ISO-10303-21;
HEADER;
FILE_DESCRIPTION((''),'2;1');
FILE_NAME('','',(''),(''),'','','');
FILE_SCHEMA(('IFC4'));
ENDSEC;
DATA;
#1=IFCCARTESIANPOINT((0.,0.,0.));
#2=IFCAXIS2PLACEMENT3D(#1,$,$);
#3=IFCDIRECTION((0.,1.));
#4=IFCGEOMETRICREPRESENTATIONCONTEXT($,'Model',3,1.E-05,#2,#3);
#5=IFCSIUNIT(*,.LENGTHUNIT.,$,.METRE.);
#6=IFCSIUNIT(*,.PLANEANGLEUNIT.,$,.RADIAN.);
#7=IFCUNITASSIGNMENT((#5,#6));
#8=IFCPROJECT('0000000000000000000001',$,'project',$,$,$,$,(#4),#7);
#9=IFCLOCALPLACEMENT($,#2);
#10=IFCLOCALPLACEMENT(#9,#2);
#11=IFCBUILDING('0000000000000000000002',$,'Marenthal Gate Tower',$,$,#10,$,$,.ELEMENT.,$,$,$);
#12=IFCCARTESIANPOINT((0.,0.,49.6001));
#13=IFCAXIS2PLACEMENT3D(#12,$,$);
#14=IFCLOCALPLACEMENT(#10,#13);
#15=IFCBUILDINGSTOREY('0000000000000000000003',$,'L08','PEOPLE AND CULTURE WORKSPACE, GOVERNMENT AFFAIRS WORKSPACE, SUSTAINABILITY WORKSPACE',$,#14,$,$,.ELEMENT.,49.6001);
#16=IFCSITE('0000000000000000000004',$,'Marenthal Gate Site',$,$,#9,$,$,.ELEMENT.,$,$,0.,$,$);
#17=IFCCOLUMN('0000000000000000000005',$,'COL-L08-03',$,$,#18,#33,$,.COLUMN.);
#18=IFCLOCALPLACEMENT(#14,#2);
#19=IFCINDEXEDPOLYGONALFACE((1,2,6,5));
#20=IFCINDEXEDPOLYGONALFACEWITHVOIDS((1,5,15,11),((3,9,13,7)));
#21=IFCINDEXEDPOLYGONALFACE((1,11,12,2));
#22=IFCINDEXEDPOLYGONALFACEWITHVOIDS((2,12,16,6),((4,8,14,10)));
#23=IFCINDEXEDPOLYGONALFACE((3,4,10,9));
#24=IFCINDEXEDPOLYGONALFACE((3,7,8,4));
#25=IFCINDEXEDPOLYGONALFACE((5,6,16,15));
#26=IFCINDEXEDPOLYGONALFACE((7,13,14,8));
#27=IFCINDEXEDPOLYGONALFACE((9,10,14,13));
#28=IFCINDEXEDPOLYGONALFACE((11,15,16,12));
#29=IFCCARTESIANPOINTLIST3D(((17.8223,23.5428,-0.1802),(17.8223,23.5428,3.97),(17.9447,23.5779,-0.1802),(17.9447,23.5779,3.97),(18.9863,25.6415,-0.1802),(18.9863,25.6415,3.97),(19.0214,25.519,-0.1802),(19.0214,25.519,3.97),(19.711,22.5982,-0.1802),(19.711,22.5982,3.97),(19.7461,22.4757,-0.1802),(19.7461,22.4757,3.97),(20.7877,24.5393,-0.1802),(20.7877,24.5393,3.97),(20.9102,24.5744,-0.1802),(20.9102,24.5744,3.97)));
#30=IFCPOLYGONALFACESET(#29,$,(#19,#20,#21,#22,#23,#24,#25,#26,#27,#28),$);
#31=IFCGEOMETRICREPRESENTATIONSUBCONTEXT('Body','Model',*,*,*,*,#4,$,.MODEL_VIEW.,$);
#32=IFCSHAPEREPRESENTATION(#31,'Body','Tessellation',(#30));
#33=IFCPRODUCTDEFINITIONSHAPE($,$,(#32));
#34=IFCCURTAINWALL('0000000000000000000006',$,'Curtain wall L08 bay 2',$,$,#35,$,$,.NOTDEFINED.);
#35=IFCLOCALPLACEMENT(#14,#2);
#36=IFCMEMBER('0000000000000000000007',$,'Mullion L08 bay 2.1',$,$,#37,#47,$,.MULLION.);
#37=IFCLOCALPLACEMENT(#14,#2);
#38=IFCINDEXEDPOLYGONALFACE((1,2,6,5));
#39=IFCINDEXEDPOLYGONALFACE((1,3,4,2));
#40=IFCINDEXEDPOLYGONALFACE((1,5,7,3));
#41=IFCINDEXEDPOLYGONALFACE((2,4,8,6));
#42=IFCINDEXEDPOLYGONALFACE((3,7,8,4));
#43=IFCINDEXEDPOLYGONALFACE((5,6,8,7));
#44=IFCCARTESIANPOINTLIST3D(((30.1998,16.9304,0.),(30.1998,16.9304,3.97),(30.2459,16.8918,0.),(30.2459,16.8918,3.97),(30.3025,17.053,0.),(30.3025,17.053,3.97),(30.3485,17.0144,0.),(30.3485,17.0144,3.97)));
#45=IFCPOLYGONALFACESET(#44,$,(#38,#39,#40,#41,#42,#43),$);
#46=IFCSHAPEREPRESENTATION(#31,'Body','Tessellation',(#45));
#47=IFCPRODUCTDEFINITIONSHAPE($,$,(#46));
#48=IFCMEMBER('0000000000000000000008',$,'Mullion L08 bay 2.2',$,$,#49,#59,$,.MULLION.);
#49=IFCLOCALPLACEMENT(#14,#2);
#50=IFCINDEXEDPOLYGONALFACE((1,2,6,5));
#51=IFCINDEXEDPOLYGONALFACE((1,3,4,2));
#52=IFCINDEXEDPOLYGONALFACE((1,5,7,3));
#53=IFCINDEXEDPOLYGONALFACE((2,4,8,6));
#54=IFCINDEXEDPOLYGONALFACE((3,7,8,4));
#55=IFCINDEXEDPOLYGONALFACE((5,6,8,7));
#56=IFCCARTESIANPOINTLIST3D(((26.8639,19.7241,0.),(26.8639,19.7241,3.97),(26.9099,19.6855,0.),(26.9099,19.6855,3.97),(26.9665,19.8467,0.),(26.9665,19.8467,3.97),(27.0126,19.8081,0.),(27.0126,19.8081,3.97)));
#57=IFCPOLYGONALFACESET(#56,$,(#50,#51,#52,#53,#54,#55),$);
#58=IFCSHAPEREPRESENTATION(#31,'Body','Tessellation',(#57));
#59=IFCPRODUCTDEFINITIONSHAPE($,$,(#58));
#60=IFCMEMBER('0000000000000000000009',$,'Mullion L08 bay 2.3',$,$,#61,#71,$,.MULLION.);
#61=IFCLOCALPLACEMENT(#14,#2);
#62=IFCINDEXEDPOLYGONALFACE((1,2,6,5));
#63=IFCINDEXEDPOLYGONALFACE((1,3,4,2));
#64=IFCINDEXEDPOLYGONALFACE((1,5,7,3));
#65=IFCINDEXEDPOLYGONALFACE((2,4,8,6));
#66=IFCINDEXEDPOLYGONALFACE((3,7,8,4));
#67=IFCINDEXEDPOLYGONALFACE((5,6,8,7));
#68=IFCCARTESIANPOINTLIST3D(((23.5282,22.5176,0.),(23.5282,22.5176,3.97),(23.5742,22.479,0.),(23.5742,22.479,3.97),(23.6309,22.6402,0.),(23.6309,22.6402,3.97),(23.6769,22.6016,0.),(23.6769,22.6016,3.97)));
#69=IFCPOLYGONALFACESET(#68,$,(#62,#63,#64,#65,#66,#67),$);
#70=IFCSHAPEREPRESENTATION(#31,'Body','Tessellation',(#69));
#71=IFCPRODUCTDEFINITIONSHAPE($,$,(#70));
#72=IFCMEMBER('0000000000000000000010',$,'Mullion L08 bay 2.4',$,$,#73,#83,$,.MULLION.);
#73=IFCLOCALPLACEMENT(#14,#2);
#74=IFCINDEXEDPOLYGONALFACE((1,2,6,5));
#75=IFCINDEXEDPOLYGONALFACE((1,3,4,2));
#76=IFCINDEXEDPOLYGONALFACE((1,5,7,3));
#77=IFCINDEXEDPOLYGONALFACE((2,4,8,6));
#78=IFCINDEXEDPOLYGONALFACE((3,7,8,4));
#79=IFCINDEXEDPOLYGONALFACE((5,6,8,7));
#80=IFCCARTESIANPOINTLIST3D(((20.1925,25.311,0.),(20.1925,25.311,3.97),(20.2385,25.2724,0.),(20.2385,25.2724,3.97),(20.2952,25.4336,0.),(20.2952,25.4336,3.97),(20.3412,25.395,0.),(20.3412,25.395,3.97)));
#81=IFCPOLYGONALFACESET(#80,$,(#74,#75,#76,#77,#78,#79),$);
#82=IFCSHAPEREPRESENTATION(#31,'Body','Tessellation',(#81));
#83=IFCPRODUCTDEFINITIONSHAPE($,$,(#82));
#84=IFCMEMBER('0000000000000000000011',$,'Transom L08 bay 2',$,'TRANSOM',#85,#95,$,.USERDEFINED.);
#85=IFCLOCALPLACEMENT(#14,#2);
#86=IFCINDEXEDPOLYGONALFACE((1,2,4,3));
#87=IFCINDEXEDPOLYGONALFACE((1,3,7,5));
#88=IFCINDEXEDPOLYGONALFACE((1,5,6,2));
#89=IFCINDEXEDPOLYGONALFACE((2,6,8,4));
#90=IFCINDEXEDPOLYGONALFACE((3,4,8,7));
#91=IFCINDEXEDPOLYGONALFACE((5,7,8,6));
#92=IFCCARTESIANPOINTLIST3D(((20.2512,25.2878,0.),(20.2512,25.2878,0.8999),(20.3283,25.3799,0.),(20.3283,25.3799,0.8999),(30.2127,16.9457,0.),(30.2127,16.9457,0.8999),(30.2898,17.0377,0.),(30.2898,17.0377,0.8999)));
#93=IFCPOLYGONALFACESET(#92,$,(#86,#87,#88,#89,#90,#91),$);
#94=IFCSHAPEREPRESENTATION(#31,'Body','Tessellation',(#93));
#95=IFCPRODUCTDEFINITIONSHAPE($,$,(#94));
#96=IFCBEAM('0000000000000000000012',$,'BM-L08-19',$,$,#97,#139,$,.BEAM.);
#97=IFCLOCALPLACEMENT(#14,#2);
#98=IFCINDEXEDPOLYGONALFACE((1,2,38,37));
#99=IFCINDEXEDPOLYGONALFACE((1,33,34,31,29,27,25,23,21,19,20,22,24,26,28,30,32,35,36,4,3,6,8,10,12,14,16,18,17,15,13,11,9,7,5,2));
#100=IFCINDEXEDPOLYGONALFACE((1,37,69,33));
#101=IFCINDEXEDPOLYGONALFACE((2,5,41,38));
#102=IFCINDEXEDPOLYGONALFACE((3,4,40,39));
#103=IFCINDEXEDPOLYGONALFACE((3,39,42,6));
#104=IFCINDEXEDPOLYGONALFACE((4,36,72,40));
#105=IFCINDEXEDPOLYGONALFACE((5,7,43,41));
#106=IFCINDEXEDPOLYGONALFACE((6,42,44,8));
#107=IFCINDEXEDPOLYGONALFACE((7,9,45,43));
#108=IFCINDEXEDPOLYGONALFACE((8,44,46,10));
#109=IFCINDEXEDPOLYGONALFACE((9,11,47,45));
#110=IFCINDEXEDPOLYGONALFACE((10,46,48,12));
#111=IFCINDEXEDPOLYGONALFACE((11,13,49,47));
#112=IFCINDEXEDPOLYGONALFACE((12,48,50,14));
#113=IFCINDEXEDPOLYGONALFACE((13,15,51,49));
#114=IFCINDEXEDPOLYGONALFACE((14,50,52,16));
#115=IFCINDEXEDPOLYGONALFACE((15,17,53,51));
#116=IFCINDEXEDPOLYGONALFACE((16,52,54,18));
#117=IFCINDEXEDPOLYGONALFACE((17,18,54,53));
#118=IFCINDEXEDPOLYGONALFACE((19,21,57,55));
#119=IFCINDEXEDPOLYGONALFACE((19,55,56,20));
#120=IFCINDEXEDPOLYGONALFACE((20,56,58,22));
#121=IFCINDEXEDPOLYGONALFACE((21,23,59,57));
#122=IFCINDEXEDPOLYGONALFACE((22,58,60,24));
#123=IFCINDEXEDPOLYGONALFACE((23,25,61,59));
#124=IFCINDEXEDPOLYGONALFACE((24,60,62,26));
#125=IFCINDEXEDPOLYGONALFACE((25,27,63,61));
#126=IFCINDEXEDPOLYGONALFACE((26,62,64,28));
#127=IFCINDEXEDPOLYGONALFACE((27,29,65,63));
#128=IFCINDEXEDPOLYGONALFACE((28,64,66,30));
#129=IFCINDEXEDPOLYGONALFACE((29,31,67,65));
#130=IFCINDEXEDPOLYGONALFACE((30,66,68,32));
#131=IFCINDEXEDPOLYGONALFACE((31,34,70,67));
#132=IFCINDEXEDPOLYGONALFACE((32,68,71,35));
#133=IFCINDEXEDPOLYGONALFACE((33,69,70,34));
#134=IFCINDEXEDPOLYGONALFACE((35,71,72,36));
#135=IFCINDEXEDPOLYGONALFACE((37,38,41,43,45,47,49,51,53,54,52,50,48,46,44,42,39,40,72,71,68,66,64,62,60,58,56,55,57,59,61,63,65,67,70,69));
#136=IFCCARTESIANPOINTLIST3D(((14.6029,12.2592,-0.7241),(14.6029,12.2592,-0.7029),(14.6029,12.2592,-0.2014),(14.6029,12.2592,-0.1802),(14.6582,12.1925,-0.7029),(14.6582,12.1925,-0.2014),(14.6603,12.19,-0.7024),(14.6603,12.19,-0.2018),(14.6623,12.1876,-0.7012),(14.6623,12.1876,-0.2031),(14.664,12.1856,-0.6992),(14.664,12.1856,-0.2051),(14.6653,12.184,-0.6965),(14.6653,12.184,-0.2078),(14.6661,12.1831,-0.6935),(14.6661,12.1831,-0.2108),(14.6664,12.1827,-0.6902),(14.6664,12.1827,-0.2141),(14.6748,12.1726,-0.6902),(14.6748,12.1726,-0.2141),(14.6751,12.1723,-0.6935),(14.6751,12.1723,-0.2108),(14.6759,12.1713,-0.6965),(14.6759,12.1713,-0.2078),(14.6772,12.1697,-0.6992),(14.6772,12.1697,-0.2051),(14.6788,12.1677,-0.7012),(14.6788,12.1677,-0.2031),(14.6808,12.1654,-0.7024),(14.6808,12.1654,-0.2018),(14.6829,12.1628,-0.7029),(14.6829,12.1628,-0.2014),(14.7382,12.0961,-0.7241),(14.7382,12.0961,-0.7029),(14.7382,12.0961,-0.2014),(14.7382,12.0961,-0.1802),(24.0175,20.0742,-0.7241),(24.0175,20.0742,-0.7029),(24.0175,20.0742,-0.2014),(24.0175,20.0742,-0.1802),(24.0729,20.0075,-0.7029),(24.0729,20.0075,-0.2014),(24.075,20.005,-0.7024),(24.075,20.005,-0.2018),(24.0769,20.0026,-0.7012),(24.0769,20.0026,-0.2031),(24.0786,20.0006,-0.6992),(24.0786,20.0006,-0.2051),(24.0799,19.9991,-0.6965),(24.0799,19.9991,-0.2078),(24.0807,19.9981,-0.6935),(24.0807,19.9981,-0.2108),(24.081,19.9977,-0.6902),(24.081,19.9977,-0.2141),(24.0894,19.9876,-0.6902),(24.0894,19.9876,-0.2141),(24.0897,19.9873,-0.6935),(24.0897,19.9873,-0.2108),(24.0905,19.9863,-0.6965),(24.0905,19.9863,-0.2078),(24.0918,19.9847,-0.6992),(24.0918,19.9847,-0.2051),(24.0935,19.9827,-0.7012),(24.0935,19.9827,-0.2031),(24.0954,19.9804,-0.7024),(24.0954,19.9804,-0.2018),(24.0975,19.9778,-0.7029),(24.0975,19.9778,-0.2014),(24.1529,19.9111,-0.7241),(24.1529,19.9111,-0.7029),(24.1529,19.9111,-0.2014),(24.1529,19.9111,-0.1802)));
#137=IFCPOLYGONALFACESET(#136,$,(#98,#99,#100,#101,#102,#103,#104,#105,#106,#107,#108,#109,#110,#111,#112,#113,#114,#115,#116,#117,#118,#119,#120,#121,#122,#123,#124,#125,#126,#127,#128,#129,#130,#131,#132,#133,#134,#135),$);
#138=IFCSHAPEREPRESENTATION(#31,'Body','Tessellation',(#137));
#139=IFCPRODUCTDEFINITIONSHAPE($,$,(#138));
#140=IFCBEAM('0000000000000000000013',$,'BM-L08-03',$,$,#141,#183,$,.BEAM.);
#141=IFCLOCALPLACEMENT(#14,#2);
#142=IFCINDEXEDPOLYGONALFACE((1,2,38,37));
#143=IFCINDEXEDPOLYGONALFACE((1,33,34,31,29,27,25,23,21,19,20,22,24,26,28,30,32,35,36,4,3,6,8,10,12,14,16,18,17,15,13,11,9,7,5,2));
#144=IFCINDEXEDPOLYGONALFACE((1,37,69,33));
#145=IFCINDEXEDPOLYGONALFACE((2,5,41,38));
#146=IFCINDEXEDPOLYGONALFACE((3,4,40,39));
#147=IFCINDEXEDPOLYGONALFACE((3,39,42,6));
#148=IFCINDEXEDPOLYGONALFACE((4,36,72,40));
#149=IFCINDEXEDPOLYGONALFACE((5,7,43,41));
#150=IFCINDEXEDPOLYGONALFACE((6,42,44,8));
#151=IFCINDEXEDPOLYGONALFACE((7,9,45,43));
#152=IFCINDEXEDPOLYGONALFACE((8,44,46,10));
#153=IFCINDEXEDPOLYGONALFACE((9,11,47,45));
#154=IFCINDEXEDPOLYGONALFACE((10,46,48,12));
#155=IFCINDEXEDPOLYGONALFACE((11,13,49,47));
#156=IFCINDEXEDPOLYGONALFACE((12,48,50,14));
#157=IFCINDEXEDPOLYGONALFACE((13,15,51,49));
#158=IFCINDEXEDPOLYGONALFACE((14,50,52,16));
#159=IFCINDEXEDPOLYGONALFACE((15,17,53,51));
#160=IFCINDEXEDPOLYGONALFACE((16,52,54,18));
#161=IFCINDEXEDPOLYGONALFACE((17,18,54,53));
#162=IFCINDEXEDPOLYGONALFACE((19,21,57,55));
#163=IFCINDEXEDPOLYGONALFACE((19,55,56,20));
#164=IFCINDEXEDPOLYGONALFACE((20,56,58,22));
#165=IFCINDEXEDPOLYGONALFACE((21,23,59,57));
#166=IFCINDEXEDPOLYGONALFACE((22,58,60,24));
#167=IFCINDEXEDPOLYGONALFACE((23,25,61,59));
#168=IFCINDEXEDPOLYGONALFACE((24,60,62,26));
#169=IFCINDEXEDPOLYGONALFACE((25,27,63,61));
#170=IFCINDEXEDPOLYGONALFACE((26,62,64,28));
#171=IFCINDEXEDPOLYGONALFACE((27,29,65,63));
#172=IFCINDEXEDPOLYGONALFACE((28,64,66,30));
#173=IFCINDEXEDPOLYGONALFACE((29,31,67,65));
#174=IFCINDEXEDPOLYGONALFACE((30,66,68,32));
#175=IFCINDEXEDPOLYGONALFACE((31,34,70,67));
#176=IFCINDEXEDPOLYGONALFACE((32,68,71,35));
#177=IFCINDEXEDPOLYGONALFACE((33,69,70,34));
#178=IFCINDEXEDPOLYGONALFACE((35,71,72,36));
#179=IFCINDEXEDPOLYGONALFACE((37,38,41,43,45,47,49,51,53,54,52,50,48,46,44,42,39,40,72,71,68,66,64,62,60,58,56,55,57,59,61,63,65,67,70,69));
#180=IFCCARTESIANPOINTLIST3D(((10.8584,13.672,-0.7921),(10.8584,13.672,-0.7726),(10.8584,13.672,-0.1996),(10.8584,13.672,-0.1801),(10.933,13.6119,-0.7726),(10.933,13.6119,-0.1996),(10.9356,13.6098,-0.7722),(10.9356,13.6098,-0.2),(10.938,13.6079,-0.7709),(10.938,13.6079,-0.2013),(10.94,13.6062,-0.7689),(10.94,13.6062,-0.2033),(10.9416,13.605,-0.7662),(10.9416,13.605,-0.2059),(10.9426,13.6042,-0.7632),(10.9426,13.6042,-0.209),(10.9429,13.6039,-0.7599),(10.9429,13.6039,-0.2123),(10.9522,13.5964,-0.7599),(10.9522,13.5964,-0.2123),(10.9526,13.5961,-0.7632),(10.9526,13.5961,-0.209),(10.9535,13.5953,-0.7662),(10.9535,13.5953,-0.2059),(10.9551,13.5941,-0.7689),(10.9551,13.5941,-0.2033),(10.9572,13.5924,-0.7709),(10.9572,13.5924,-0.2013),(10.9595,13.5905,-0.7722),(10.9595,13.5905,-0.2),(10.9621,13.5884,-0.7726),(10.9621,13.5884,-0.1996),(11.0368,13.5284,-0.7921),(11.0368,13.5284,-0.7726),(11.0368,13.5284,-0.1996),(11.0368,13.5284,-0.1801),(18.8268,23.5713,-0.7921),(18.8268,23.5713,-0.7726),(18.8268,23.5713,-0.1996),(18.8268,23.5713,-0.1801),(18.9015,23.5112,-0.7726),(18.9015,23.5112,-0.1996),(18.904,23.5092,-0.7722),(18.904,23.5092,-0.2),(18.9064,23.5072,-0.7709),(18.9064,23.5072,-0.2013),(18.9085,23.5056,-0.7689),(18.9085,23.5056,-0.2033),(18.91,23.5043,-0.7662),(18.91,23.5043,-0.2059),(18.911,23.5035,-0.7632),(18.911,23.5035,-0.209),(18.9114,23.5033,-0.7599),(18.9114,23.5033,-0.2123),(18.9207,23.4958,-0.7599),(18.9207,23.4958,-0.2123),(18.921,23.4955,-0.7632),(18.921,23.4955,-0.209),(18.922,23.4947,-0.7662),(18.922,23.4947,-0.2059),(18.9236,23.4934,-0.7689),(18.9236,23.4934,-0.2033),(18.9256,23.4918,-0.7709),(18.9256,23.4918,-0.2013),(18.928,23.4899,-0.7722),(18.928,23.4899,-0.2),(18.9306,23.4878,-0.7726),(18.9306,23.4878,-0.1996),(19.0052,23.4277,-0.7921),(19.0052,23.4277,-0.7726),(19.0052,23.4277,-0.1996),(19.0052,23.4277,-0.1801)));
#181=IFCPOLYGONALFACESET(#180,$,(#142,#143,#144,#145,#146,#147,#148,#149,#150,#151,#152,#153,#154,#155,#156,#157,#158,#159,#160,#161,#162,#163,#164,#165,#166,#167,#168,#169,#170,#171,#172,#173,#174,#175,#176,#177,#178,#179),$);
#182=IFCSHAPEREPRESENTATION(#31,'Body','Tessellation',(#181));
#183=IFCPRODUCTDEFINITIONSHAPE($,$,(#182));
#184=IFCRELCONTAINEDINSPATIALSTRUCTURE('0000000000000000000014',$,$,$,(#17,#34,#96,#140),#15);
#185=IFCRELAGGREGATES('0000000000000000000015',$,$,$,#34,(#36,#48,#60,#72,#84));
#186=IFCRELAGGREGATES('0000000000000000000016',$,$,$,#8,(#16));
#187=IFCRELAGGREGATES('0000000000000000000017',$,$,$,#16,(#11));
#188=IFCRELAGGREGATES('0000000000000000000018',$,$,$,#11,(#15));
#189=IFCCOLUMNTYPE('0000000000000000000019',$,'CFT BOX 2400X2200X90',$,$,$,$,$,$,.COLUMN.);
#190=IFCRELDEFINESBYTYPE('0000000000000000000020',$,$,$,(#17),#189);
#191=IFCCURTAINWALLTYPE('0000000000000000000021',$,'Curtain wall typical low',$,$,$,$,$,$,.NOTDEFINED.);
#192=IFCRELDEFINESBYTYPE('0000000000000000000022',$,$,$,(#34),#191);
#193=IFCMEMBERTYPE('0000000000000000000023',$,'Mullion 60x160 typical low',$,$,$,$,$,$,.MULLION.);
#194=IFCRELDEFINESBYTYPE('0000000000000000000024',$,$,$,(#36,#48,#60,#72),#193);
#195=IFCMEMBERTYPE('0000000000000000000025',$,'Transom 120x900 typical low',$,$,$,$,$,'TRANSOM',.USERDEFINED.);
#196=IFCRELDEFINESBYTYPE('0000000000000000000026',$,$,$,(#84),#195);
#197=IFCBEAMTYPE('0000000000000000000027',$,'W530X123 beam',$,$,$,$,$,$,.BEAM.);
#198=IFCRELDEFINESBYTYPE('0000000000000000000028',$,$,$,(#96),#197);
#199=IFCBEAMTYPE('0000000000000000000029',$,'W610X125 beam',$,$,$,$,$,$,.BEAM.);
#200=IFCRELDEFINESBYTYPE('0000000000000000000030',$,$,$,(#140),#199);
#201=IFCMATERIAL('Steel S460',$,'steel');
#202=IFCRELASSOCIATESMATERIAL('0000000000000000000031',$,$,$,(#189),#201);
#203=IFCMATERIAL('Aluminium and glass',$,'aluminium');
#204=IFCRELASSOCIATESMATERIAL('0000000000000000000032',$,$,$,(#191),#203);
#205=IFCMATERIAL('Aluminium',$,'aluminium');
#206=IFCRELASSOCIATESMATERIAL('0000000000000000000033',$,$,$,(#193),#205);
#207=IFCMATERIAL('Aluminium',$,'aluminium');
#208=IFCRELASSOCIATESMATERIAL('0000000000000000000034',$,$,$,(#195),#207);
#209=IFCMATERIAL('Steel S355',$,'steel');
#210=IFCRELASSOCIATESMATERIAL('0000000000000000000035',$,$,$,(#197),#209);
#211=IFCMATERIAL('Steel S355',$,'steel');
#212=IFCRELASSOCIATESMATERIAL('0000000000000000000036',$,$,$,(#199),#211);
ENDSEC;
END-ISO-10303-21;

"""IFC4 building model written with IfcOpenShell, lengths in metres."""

from ifc_helpers import new_model, si_unit, direction, frame, origin, origin_2d, place, context, subcontext, project, spatial, rectangle, hollow_rectangle, i_section, extrude, material, material_profile, profile_set, type_object, element, aggregate, save


model = new_model("IFC4")

# Units and contexts
model_context = context("Model", 3, precision=1e-05, world=origin(), true_north=direction((0.0, 1.0)))
body_context = subcontext(model_context, "Body", "Model", "MODEL_VIEW")
ifc_project = project(units=[si_unit("LENGTHUNIT", "METRE"), si_unit("PLANEANGLEUNIT", "RADIAN")], contexts=[model_context])

# Site, building, storey
site_placement = place(None, origin())
site = spatial("IfcSite", under=ifc_project, at=site_placement, Name="Marenthal Gate Site", CompositionType="ELEMENT", RefElevation=0.0)
building_placement = place(site_placement, origin())
building = spatial("IfcBuilding", under=site, at=building_placement, Name="Marenthal Gate Tower", CompositionType="ELEMENT")
storey_placement = place(building_placement, frame((0.0, 0.0, 49.6001)))
storey = spatial("IfcBuildingStorey", under=building, at=storey_placement, Name="L08", Description="PEOPLE AND CULTURE WORKSPACE, GOVERNMENT AFFAIRS WORKSPACE, SUSTAINABILITY WORKSPACE", CompositionType="ELEMENT", Elevation=49.6001)

# Column
ifc_material_1 = material(Name="Steel S460", Category="steel")
ifc_material_profile_1 = material_profile(ifc_material_1, hollow_rectangle(XDim=2.2, YDim=2.3999, WallThickness=0.0901, at=origin_2d()), Name="CFT BOX 2400X2200X90")
ifc_material_2 = material(Name="Concrete 70 MPa", Category="concrete")
ifc_material_profile_2 = material_profile(ifc_material_2, rectangle(XDim=2.02, YDim=2.22, at=origin_2d()), Name="CFT BOX 2400X2200X90 INFILL")
ifc_profile_set_1 = profile_set([ifc_material_profile_1, ifc_material_profile_2], Name="Steel S460 shell, Concrete 70 MPa infill")
column_type = type_object("IfcColumnType", Name="CFT BOX 2400X2200X90", PredefinedType="COLUMN", material=ifc_profile_set_1)
column_placement = place(storey_placement, frame((19.3662, 24.0586, -0.1802), z_axis=(0.0, 0.0, 1.0), x_axis=(0.874496, -0.485032, 0.0)))
element("IfcColumn", 1, at=column_placement, inside=storey, type_object=column_type, Name="COL-L08-03", PredefinedType="COLUMN", context=body_context, shape_type="SweptSolid", body=[
    extrude(hollow_rectangle(XDim=2.2, YDim=2.3999, WallThickness=0.0901, at=origin_2d()), origin(), (0.0, 0.0, 1.0), 4.1501),
])

# Curtain wall, members
ifc_material_3 = material(Name="Aluminium and glass", Category="aluminium")
curtain_wall_type = type_object("IfcCurtainWallType", Name="Curtain wall typical low", PredefinedType="NOTDEFINED", material=ifc_material_3)
curtain_wall_placement = place(storey_placement, origin())
curtain_wall = element("IfcCurtainWall", 2, at=curtain_wall_placement, inside=storey, type_object=curtain_wall_type, Name="Curtain wall L08 bay 2", PredefinedType="NOTDEFINED")
ifc_material_4 = material(Name="Aluminium", Category="aluminium")
ifc_material_profile_3 = material_profile(ifc_material_4, rectangle(XDim=0.1599, YDim=0.0601, at=origin_2d()), Name="60x160 aluminium mullion")
ifc_profile_set_2 = profile_set([ifc_material_profile_3], Name="Aluminium")
member_type_1 = type_object("IfcMemberType", Name="Mullion 60x160 typical low", PredefinedType="MULLION", material=ifc_profile_set_2)
member_1_placement = place(storey_placement, frame((30.2742, 16.9724, 0.0), z_axis=(0.0, 0.0, 1.0), x_axis=(-0.642047, -0.766665, 0.0)))
member_1 = element("IfcMember", 3, at=member_1_placement, type_object=member_type_1, Name="Mullion L08 bay 2.1", PredefinedType="MULLION", context=body_context, shape_type="SweptSolid", body=[
    extrude(rectangle(XDim=0.1599, YDim=0.0601, at=origin_2d()), origin(), (0.0, 0.0, 1.0), 3.97),
])
member_2_placement = place(storey_placement, frame((26.9382, 19.7661, 0.0), z_axis=(0.0, 0.0, 1.0), x_axis=(-0.642047, -0.766665, 0.0)))
member_2 = element("IfcMember", 4, at=member_2_placement, type_object=member_type_1, Name="Mullion L08 bay 2.2", PredefinedType="MULLION", context=body_context, shape_type="SweptSolid", body=[
    extrude(rectangle(XDim=0.1599, YDim=0.0601, at=origin_2d()), origin(), (0.0, 0.0, 1.0), 3.97),
])
member_3_placement = place(storey_placement, frame((23.6025, 22.5596, 0.0), z_axis=(0.0, 0.0, 1.0), x_axis=(-0.642047, -0.766665, 0.0)))
member_3 = element("IfcMember", 5, at=member_3_placement, type_object=member_type_1, Name="Mullion L08 bay 2.3", PredefinedType="MULLION", context=body_context, shape_type="SweptSolid", body=[
    extrude(rectangle(XDim=0.1599, YDim=0.0601, at=origin_2d()), origin(), (0.0, 0.0, 1.0), 3.97),
])
member_4_placement = place(storey_placement, frame((20.2668, 25.353, 0.0), z_axis=(0.0, 0.0, 1.0), x_axis=(-0.642047, -0.766665, 0.0)))
member_4 = element("IfcMember", 6, at=member_4_placement, type_object=member_type_1, Name="Mullion L08 bay 2.4", PredefinedType="MULLION", context=body_context, shape_type="SweptSolid", body=[
    extrude(rectangle(XDim=0.1599, YDim=0.0601, at=origin_2d()), origin(), (0.0, 0.0, 1.0), 3.97),
])
ifc_material_5 = material(Name="Aluminium", Category="aluminium")
ifc_material_profile_4 = material_profile(ifc_material_5, rectangle(XDim=0.1201, YDim=0.8999, at=origin_2d()), Name="120x900 aluminium transom")
ifc_profile_set_3 = profile_set([ifc_material_profile_4], Name="Aluminium")
member_type_2 = type_object("IfcMemberType", Name="Transom 120x900 typical low", ElementType="TRANSOM", PredefinedType="USERDEFINED", material=ifc_profile_set_3)
member_5_placement = place(storey_placement, frame((30.2512, 16.9917, 0.45), z_axis=(-0.766673, 0.642038, 0.0), x_axis=(-0.642038, -0.766673, 0.0)))
member_5 = element("IfcMember", 7, at=member_5_placement, type_object=member_type_2, Name="Transom L08 bay 2", ObjectType="TRANSOM", PredefinedType="USERDEFINED", context=body_context, shape_type="SweptSolid", body=[
    extrude(rectangle(XDim=0.1201, YDim=0.8999, at=origin_2d()), origin(), (0.0, 0.0, 1.0), 12.9932),
])

# Beams
ifc_material_6 = material(Name="Steel S355", Category="steel")
ifc_material_profile_5 = material_profile(ifc_material_6, i_section(OverallWidth=0.2119, OverallDepth=0.5439, WebThickness=0.0132, FlangeThickness=0.0212, FilletRadius=0.0127, at=origin_2d()), Name="W530X123")
ifc_profile_set_4 = profile_set([ifc_material_profile_5], Name="Steel S355")
beam_type_1 = type_object("IfcBeamType", Name="W530X123 beam", PredefinedType="BEAM", material=ifc_profile_set_4)
beam_1_placement = place(storey_placement, frame((24.0852, 19.9927, -0.4521), z_axis=(-0.769447, -0.638711, 0.0), x_axis=(0.638711, -0.769447, 0.0)))
element("IfcBeam", 8, at=beam_1_placement, inside=storey, type_object=beam_type_1, Name="BM-L08-19", PredefinedType="BEAM", context=body_context, shape_type="SweptSolid", body=[
    extrude(i_section(OverallWidth=0.2119, OverallDepth=0.5439, WebThickness=0.0132, FlangeThickness=0.0212, FilletRadius=0.0127, at=origin_2d()), origin(), (0.0, 0.0, 1.0), 12.2356),
])
ifc_material_7 = material(Name="Steel S355", Category="steel")
ifc_material_profile_6 = material_profile(ifc_material_7, i_section(OverallWidth=0.229, OverallDepth=0.6121, WebThickness=0.012, FlangeThickness=0.0195, FilletRadius=0.0127, at=origin_2d()), Name="W610X125")
ifc_profile_set_5 = profile_set([ifc_material_profile_6], Name="Steel S355")
beam_type_2 = type_object("IfcBeamType", Name="W610X125 beam", PredefinedType="BEAM", material=ifc_profile_set_5)
beam_2_placement = place(storey_placement, frame((18.916, 23.4995, -0.4861), z_axis=(-0.627042, -0.778985, 0.0), x_axis=(0.778985, -0.627042, 0.0)))
element("IfcBeam", 9, at=beam_2_placement, inside=storey, type_object=beam_type_2, Name="BM-L08-03", PredefinedType="BEAM", context=body_context, shape_type="SweptSolid", body=[
    extrude(i_section(OverallWidth=0.229, OverallDepth=0.6121, WebThickness=0.012, FlangeThickness=0.0195, FilletRadius=0.0127, at=origin_2d()), origin(), (0.0, 0.0, 1.0), 12.708),
])

aggregate(curtain_wall, [member_1, member_2, member_3, member_4, member_5])

save(model, "model.ifc")
